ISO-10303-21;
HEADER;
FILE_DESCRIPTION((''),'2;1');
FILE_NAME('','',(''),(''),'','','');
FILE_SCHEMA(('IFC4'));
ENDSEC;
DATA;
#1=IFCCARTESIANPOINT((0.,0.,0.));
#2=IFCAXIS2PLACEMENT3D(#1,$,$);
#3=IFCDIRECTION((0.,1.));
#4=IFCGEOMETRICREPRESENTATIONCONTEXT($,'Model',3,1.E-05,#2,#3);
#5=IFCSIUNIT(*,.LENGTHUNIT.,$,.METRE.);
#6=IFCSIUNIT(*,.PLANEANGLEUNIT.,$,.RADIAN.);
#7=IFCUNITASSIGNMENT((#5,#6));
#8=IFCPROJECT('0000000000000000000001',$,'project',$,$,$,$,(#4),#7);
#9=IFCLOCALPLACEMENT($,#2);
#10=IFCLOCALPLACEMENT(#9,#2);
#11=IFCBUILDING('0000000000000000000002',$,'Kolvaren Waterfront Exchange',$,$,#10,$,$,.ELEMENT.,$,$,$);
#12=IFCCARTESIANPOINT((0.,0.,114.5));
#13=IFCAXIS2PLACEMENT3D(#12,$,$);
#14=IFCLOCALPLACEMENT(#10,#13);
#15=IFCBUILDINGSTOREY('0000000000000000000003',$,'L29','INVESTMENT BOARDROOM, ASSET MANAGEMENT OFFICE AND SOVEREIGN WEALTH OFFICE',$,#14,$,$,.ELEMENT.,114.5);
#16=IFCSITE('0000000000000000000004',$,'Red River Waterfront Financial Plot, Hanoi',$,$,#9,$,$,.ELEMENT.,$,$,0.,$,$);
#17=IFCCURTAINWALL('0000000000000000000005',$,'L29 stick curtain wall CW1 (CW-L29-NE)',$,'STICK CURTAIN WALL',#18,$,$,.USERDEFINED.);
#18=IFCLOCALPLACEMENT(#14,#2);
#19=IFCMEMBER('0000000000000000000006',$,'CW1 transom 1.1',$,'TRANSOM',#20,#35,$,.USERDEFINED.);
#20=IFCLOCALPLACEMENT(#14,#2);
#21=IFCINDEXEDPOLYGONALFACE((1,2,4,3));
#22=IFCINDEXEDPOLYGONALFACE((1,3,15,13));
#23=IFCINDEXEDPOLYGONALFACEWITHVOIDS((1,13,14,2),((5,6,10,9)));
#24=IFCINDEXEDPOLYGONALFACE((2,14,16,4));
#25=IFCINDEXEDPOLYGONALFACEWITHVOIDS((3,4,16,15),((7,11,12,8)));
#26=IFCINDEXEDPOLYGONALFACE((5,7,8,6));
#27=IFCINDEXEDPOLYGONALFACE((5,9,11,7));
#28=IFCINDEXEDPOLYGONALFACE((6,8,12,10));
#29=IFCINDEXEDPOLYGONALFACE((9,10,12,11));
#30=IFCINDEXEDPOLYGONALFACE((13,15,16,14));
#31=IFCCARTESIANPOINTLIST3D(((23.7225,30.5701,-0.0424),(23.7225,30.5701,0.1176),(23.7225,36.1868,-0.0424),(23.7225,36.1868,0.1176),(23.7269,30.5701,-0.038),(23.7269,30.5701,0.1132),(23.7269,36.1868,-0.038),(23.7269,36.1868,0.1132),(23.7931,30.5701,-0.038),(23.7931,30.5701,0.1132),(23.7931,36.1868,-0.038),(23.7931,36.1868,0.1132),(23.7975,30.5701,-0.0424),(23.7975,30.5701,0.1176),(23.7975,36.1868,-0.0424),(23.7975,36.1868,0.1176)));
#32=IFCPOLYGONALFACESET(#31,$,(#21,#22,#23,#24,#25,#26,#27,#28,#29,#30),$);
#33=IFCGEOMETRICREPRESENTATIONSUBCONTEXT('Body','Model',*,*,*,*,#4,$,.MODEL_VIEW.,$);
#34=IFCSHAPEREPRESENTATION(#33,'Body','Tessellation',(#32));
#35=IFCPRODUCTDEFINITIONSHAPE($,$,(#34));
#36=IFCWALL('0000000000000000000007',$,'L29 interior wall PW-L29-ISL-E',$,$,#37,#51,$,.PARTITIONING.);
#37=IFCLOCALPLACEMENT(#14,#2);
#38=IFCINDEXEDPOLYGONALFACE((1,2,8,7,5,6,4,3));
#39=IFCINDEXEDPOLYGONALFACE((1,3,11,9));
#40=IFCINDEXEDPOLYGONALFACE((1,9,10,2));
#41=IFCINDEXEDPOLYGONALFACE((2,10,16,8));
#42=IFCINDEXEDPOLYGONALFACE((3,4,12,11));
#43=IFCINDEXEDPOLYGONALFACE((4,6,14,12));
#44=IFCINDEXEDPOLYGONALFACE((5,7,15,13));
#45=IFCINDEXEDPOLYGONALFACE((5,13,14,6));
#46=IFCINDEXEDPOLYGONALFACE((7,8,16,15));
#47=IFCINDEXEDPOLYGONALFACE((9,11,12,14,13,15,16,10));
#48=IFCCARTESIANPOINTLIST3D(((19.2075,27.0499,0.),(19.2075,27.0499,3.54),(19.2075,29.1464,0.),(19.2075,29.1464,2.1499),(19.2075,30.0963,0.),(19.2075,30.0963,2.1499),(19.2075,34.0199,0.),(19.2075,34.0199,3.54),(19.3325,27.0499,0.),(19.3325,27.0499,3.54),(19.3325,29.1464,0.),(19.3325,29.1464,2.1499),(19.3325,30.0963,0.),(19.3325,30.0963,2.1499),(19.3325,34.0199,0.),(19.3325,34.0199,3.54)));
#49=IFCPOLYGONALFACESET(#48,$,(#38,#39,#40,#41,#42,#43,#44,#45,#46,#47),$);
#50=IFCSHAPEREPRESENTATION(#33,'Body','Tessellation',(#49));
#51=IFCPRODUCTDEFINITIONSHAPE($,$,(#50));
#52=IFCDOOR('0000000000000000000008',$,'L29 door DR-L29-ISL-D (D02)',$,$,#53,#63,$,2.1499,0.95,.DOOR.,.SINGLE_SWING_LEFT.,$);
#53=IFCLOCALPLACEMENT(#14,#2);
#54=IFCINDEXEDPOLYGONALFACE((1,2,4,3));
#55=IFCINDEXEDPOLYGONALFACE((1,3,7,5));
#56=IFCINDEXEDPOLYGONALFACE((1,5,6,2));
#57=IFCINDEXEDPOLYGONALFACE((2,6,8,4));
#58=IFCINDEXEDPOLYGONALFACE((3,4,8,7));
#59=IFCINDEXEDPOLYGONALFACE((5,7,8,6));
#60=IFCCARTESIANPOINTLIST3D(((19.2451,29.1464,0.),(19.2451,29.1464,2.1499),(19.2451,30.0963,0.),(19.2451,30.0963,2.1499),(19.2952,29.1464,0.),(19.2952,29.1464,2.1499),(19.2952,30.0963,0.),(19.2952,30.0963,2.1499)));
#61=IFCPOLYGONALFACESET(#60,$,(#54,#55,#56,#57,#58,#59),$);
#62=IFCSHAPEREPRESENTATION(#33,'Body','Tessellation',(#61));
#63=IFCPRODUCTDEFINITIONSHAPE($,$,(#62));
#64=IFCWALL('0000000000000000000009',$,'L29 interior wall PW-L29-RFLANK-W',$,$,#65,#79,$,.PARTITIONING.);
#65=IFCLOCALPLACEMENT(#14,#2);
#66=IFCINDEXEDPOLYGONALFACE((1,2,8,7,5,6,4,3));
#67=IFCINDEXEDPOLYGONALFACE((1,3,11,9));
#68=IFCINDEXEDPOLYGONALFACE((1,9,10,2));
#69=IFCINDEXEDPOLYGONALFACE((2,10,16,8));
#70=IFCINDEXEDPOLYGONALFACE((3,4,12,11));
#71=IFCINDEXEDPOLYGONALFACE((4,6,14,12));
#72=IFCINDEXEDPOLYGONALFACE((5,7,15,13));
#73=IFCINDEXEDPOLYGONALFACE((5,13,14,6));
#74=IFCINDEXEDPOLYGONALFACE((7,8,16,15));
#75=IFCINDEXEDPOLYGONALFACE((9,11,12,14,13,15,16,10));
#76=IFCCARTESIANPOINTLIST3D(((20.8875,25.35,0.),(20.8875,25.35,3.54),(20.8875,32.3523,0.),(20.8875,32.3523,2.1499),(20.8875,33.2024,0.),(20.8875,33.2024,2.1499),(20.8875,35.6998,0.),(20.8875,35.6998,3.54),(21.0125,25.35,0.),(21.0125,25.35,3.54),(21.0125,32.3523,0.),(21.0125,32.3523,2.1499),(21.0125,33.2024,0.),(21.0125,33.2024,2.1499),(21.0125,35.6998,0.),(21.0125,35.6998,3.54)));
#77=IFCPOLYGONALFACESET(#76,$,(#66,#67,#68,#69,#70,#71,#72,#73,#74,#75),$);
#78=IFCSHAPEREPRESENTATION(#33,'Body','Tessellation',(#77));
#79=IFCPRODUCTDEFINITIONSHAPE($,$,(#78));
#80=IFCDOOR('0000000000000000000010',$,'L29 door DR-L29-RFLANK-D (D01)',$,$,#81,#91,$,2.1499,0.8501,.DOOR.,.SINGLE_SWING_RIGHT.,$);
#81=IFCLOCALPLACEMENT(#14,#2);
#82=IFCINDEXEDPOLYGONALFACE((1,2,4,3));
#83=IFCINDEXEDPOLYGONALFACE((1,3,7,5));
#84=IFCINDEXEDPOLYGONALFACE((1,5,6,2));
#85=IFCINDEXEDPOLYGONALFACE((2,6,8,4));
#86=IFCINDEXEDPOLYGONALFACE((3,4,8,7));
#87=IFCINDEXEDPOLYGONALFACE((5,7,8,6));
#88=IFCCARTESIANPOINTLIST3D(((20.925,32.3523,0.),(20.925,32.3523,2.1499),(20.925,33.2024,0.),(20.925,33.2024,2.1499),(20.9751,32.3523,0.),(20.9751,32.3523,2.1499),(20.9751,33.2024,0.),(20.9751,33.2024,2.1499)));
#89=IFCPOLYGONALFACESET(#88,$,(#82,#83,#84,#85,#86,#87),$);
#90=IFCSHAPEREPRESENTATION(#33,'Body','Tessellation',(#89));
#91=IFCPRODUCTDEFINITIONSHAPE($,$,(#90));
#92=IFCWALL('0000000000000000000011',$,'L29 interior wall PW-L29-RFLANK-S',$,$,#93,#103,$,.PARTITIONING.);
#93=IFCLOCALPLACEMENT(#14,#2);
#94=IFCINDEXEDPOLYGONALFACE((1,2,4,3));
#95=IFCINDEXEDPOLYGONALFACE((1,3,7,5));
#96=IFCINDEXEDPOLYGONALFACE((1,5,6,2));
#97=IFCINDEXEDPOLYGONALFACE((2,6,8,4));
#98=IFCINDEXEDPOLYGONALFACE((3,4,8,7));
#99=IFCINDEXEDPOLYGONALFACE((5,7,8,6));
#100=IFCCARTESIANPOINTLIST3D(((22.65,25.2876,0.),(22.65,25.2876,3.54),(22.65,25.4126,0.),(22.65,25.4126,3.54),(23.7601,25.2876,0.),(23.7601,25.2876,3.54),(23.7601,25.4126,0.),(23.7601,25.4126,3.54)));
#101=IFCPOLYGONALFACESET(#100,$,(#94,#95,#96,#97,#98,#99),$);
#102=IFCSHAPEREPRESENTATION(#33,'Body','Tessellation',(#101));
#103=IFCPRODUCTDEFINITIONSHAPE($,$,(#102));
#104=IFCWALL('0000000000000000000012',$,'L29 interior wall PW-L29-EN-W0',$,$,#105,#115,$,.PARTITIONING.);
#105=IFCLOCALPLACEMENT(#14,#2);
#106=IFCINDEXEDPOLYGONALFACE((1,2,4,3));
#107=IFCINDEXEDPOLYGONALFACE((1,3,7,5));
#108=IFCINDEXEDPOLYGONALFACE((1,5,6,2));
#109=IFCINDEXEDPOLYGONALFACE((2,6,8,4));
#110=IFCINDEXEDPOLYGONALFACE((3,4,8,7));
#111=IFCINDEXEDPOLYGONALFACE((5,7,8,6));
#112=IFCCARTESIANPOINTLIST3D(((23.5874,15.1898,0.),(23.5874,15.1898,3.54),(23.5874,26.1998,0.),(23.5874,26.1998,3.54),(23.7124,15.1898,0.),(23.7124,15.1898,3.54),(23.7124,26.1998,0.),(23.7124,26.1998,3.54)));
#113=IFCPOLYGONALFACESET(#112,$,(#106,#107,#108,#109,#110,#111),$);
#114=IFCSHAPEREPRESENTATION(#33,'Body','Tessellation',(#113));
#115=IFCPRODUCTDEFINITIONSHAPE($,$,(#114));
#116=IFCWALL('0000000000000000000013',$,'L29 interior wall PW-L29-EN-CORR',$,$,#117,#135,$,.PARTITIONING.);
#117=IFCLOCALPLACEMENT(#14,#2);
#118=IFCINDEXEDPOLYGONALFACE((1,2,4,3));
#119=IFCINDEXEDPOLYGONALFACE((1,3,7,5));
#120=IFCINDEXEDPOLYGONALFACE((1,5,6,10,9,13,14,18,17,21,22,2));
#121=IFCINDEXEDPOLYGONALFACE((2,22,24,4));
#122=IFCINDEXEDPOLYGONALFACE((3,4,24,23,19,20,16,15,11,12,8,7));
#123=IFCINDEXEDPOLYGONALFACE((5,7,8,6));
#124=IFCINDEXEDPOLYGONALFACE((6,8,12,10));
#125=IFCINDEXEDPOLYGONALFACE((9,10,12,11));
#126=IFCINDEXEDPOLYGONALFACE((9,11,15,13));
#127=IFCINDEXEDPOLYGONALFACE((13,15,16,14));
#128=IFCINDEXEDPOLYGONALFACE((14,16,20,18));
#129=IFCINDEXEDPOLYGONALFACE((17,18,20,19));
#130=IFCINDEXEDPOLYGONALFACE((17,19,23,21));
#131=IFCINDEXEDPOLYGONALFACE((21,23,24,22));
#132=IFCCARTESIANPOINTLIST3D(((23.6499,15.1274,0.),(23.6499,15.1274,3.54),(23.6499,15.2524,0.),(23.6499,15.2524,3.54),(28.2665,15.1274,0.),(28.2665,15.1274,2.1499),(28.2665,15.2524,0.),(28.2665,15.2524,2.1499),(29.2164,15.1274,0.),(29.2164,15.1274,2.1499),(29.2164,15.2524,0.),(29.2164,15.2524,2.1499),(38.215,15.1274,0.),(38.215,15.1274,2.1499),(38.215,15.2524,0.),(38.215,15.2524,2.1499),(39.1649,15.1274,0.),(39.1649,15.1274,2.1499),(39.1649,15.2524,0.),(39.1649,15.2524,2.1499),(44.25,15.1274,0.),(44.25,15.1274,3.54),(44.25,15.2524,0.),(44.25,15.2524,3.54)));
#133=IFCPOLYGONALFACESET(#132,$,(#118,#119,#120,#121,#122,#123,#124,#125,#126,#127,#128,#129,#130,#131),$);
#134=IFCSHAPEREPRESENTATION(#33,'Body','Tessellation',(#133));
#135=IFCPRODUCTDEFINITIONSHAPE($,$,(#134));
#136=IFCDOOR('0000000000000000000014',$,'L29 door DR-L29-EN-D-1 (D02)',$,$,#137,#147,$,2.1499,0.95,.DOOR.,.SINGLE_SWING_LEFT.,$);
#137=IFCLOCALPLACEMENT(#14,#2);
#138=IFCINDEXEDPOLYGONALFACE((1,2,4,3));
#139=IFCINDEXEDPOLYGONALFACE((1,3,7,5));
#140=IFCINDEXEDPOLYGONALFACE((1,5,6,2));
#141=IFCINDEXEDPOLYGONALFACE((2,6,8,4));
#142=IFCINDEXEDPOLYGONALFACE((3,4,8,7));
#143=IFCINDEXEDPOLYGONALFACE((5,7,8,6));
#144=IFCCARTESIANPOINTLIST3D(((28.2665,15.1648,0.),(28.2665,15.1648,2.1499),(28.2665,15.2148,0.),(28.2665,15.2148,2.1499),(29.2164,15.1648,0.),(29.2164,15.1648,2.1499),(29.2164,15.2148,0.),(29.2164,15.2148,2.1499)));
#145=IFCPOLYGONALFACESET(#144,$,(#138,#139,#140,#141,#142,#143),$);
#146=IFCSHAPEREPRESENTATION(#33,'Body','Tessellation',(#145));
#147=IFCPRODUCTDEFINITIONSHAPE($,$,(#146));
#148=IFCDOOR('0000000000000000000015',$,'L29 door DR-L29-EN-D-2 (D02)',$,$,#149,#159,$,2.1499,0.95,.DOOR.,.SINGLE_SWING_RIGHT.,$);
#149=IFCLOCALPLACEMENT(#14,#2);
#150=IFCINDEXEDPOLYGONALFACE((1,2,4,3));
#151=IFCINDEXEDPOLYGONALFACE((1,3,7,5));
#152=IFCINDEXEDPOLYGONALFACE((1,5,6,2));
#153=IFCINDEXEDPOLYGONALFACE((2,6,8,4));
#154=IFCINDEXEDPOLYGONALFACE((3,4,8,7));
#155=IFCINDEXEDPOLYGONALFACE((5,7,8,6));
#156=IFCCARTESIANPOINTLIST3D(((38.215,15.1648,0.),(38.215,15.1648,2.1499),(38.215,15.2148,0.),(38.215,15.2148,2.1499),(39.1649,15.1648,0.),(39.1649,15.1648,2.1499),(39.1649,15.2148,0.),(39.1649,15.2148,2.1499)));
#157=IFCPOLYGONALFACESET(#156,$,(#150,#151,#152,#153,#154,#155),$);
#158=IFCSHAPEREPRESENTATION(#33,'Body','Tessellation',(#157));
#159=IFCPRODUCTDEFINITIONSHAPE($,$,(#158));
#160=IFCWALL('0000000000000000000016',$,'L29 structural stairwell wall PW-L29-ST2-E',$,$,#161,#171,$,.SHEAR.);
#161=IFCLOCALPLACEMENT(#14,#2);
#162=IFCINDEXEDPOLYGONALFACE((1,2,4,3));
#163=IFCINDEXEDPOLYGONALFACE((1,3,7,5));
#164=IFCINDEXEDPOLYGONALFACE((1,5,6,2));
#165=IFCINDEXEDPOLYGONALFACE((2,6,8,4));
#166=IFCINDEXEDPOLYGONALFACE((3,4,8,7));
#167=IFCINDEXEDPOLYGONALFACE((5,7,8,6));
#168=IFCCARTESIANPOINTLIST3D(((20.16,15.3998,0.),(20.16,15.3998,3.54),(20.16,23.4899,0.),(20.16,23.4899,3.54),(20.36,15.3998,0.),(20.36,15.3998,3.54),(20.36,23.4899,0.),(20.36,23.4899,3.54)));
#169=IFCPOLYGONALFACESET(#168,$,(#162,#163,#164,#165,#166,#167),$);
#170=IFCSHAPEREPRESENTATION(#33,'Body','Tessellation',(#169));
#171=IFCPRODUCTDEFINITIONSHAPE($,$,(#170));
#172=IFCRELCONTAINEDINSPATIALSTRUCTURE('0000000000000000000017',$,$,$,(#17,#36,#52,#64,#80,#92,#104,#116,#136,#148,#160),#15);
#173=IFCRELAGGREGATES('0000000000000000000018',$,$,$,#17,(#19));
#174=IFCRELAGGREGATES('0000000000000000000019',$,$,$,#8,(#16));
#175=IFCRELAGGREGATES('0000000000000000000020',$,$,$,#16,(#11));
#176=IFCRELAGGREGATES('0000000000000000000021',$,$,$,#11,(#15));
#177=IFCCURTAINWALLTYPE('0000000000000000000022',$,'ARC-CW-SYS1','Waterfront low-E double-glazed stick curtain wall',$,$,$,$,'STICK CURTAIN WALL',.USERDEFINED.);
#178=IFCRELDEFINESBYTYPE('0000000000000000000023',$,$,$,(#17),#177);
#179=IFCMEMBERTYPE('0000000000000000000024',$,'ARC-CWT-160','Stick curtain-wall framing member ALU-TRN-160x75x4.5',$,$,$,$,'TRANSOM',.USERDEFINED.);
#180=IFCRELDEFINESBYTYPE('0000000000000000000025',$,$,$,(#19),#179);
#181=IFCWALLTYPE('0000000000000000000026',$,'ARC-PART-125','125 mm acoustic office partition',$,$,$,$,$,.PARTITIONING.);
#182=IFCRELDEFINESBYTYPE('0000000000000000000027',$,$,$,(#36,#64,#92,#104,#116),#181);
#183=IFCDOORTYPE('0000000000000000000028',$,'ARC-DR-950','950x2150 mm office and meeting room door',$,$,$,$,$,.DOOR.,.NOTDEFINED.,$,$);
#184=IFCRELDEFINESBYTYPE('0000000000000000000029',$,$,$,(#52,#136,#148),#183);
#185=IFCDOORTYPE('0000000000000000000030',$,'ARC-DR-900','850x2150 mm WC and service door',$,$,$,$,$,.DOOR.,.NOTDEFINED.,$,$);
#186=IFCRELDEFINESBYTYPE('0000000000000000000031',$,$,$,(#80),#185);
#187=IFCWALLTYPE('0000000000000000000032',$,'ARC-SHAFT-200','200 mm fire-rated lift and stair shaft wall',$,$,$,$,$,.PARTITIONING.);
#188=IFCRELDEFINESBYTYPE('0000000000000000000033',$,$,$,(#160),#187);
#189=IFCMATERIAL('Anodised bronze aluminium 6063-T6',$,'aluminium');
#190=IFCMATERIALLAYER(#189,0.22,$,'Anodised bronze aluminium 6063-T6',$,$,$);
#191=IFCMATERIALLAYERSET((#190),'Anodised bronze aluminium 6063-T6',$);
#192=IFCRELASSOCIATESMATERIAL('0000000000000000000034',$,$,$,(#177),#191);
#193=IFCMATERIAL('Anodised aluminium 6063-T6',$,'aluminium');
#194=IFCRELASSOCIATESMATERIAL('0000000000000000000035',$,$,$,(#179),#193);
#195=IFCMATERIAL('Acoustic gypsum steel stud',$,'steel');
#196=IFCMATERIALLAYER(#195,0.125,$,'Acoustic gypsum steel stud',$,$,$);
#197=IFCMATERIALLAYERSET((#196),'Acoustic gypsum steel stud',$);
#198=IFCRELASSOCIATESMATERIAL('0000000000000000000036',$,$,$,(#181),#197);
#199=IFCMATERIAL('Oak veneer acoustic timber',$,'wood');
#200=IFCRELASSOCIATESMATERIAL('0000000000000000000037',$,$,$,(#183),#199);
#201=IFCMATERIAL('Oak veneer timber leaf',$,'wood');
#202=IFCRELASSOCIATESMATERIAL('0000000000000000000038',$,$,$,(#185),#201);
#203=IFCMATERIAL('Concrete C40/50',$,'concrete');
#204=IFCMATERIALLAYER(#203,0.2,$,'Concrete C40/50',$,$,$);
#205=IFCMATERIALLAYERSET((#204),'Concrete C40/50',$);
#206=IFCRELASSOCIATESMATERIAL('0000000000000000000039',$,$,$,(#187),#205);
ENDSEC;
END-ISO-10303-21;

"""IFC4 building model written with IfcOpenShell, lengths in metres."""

from ifc_helpers import new_model, si_unit, direction, frame, frame_2d, origin, origin_with_axes, origin_2d, place, context, subcontext, project, spatial, rectangle, hollow_rectangle, extrude, source, transform, mapped, material, layer, layer_set, material_profile, profile_set, type_object, element, fill, aggregate, save


model = new_model("IFC4")

# Units and contexts
model_context = context("Model", 3, precision=1e-05, world=origin(), true_north=direction((0.0, 1.0)))
body_context = subcontext(model_context, "Body", "Model", "MODEL_VIEW")
ifc_project = project(units=[si_unit("LENGTHUNIT", "METRE"), si_unit("PLANEANGLEUNIT", "RADIAN")], contexts=[model_context])

# Site, building, storey
site_placement = place(None, origin())
site = spatial("IfcSite", under=ifc_project, at=site_placement, Name="Red River Waterfront Financial Plot, Hanoi", CompositionType="ELEMENT", RefElevation=0.0)
building_placement = place(site_placement, origin())
building = spatial("IfcBuilding", under=site, at=building_placement, Name="Kolvaren Waterfront Exchange", CompositionType="ELEMENT")
storey_placement = place(building_placement, frame((0.0, 0.0, 114.5)))
storey = spatial("IfcBuildingStorey", under=building, at=storey_placement, Name="L29", Description="INVESTMENT BOARDROOM, ASSET MANAGEMENT OFFICE AND SOVEREIGN WEALTH OFFICE", CompositionType="ELEMENT", Elevation=114.5)

# Curtain wall, member
ifc_material_1 = material(Name="Anodised bronze aluminium 6063-T6", Category="aluminium")
ifc_layer_1 = layer(ifc_material_1, 0.22, Name="Anodised bronze aluminium 6063-T6")
ifc_layer_set_1 = layer_set([ifc_layer_1], Name="Anodised bronze aluminium 6063-T6")
curtain_wall_type = type_object("IfcCurtainWallType", Name="ARC-CW-SYS1", Description="Waterfront low-E double-glazed stick curtain wall", ElementType="STICK CURTAIN WALL", PredefinedType="USERDEFINED", material=ifc_layer_set_1)
curtain_wall_placement = place(storey_placement, origin())
curtain_wall = element("IfcCurtainWall", 1, at=curtain_wall_placement, inside=storey, type_object=curtain_wall_type, Name="L29 stick curtain wall CW1 (CW-L29-NE)", ObjectType="STICK CURTAIN WALL", PredefinedType="USERDEFINED")
ifc_material_2 = material(Name="Anodised aluminium 6063-T6", Category="aluminium")
ifc_material_profile_1 = material_profile(ifc_material_2, hollow_rectangle(XDim=0.075, YDim=0.1599, WallThickness=0.0044, at=origin_2d()), Name="ALU-TRN-160x75x4.5")
ifc_profile_set_1 = profile_set([ifc_material_profile_1], Name="Anodised aluminium 6063-T6")
member_type_1 = type_object("IfcMemberType", Name="ARC-CWT-160", Description="Stick curtain-wall framing member ALU-TRN-160x75x4.5", ElementType="TRANSOM", PredefinedType="USERDEFINED", material=ifc_profile_set_1)
shared_shape_1 = source(origin_with_axes(), body_context, "Body", "SweptSolid", [
    extrude(hollow_rectangle(XDim=0.075, YDim=0.1599, WallThickness=0.0044, at=origin_2d()), origin(), (0.0, 0.0, 1.0), 5.6167),
])
member_1_placement = place(storey_placement, frame((23.76, 30.5701, 0.0376), z_axis=(0.0, 1.0, 0.0), x_axis=(-1.0, 0.0, 0.0)))
member_1 = element("IfcMember", 2, at=member_1_placement, type_object=member_type_1, Name="CW1 transom 1.1", ObjectType="TRANSOM", PredefinedType="USERDEFINED", context=body_context, shape_type="MappedRepresentation", body=[
    mapped(shared_shape_1, transform((0.0, 0.0, 0.0), x_axis=(1.0, 0.0, 0.0), y_axis=(0.0, 1.0, 0.0), z_axis=(0.0, 0.0, 1.0), scale=1.0)),
])
aggregate(curtain_wall, [member_1])

# Walls, openings, doors
ifc_material_3 = material(Name="Acoustic gypsum steel stud", Category="steel")
ifc_layer_2 = layer(ifc_material_3, 0.125, Name="Acoustic gypsum steel stud")
ifc_layer_set_2 = layer_set([ifc_layer_2], Name="Acoustic gypsum steel stud")
wall_type_1 = type_object("IfcWallType", Name="ARC-PART-125", Description="125 mm acoustic office partition", PredefinedType="PARTITIONING", material=ifc_layer_set_2)
wall_1_placement = place(storey_placement, frame((19.27, 27.05, 0.0), z_axis=(0.0, 0.0, 1.0), x_axis=(0.0, 1.0, 0.0)))
wall_1 = element("IfcWall", 3, at=wall_1_placement, inside=storey, type_object=wall_type_1, Name="L29 interior wall PW-L29-ISL-E", PredefinedType="PARTITIONING", context=body_context, shape_type="SweptSolid", body=[
    extrude(rectangle(XDim=6.97, YDim=0.125, at=frame_2d((3.4849, 0.0))), origin(), (0.0, 0.0, 1.0), 3.54),
])
opening_1_placement = place(wall_1_placement, frame((2.0962, 0.0, 0.0)))
opening_1 = element("IfcOpeningElement", 4, at=opening_1_placement, cuts=wall_1, PredefinedType="OPENING", context=body_context, shape_type="SweptSolid", body=[
    extrude(rectangle(XDim=0.95, YDim=2.1499, at=frame_2d((0.4751, 1.075))), frame((0.0, 0.0725, 0.0), z_axis=(0.0, -1.0, 0.0), x_axis=(1.0, 0.0, 0.0)), (0.0, 0.0, 1.0), 0.145),
])
ifc_material_4 = material(Name="Oak veneer acoustic timber", Category="wood")
door_type_1 = type_object("IfcDoorType", Name="ARC-DR-950", Description="950x2150 mm office and meeting room door", OperationType="NOTDEFINED", PredefinedType="DOOR", material=ifc_material_4)
door_1_placement = place(opening_1_placement, origin())
door_1 = element("IfcDoor", 5, at=door_1_placement, inside=storey, type_object=door_type_1, Name="L29 door DR-L29-ISL-D (D02)", OperationType="SINGLE_SWING_LEFT", OverallHeight=2.1499, OverallWidth=0.95, PredefinedType="DOOR", context=body_context, shape_type="SweptSolid", body=[
    extrude(rectangle(XDim=0.95, YDim=2.1499, at=frame_2d((0.4751, 1.075))), frame((0.0, 0.0249, 0.0), z_axis=(0.0, -1.0, 0.0), x_axis=(1.0, 0.0, 0.0)), (0.0, 0.0, 1.0), 0.05),
])
fill(opening_1, door_1)
wall_2_placement = place(storey_placement, frame((20.95, 25.3501, 0.0), z_axis=(0.0, 0.0, 1.0), x_axis=(0.0, 1.0, 0.0)))
wall_2 = element("IfcWall", 6, at=wall_2_placement, inside=storey, type_object=wall_type_1, Name="L29 interior wall PW-L29-RFLANK-W", PredefinedType="PARTITIONING", context=body_context, shape_type="SweptSolid", body=[
    extrude(rectangle(XDim=10.3499, YDim=0.125, at=frame_2d((5.1748, 0.0))), origin(), (0.0, 0.0, 1.0), 3.54),
])
opening_2_placement = place(wall_2_placement, frame((7.0022, 0.0, 0.0)))
opening_2 = element("IfcOpeningElement", 7, at=opening_2_placement, cuts=wall_2, PredefinedType="OPENING", context=body_context, shape_type="SweptSolid", body=[
    extrude(rectangle(XDim=0.8501, YDim=2.1499, at=frame_2d((0.425, 1.075))), frame((0.0, 0.0725, 0.0), z_axis=(0.0, -1.0, 0.0), x_axis=(1.0, 0.0, 0.0)), (0.0, 0.0, 1.0), 0.145),
])
ifc_material_5 = material(Name="Oak veneer timber leaf", Category="wood")
door_type_2 = type_object("IfcDoorType", Name="ARC-DR-900", Description="850x2150 mm WC and service door", OperationType="NOTDEFINED", PredefinedType="DOOR", material=ifc_material_5)
door_2_placement = place(opening_2_placement, origin())
door_2 = element("IfcDoor", 8, at=door_2_placement, inside=storey, type_object=door_type_2, Name="L29 door DR-L29-RFLANK-D (D01)", OperationType="SINGLE_SWING_RIGHT", OverallHeight=2.1499, OverallWidth=0.8501, PredefinedType="DOOR", context=body_context, shape_type="SweptSolid", body=[
    extrude(rectangle(XDim=0.8501, YDim=2.1499, at=frame_2d((0.425, 1.075))), frame((0.0, 0.0249, 0.0), z_axis=(0.0, -1.0, 0.0), x_axis=(1.0, 0.0, 0.0)), (0.0, 0.0, 1.0), 0.05),
])
fill(opening_2, door_2)

# Walls
wall_3_placement = place(storey_placement, frame((22.6499, 25.3501, 0.0), z_axis=(0.0, 0.0, 1.0), x_axis=(1.0, 0.0, 0.0)))
element("IfcWall", 9, at=wall_3_placement, inside=storey, type_object=wall_type_1, Name="L29 interior wall PW-L29-RFLANK-S", PredefinedType="PARTITIONING", context=body_context, shape_type="SweptSolid", body=[
    extrude(rectangle(XDim=1.1101, YDim=0.125, at=frame_2d((0.5552, 0.0))), origin(), (0.0, 0.0, 1.0), 3.54),
])
wall_4_placement = place(storey_placement, frame((23.6499, 15.1899, 0.0), z_axis=(0.0, 0.0, 1.0), x_axis=(0.0, 1.0, 0.0)))
element("IfcWall", 10, at=wall_4_placement, inside=storey, type_object=wall_type_1, Name="L29 interior wall PW-L29-EN-W0", PredefinedType="PARTITIONING", context=body_context, shape_type="SweptSolid", body=[
    extrude(rectangle(XDim=11.01, YDim=0.125, at=frame_2d((5.5049, 0.0))), origin(), (0.0, 0.0, 1.0), 3.54),
])

# Wall, openings, doors
wall_5_placement = place(storey_placement, frame((23.6499, 15.1899, 0.0), z_axis=(0.0, 0.0, 1.0), x_axis=(1.0, 0.0, 0.0)))
wall_5 = element("IfcWall", 11, at=wall_5_placement, inside=storey, type_object=wall_type_1, Name="L29 interior wall PW-L29-EN-CORR", PredefinedType="PARTITIONING", context=body_context, shape_type="SweptSolid", body=[
    extrude(rectangle(XDim=20.6001, YDim=0.125, at=frame_2d((10.3, 0.0))), origin(), (0.0, 0.0, 1.0), 3.54),
])
opening_3_placement = place(wall_5_placement, frame((4.6165, 0.0, 0.0)))
opening_3 = element("IfcOpeningElement", 12, at=opening_3_placement, cuts=wall_5, PredefinedType="OPENING", context=body_context, shape_type="SweptSolid", body=[
    extrude(rectangle(XDim=0.95, YDim=2.1499, at=frame_2d((0.4751, 1.075))), frame((0.0, 0.0725, 0.0), z_axis=(0.0, -1.0, 0.0), x_axis=(1.0, 0.0, 0.0)), (0.0, 0.0, 1.0), 0.145),
])
opening_4_placement = place(wall_5_placement, frame((14.5649, 0.0, 0.0)))
opening_4 = element("IfcOpeningElement", 13, at=opening_4_placement, cuts=wall_5, PredefinedType="OPENING", context=body_context, shape_type="SweptSolid", body=[
    extrude(rectangle(XDim=0.95, YDim=2.1499, at=frame_2d((0.4751, 1.075))), frame((0.0, 0.0725, 0.0), z_axis=(0.0, -1.0, 0.0), x_axis=(1.0, 0.0, 0.0)), (0.0, 0.0, 1.0), 0.145),
])
door_3_placement = place(opening_3_placement, origin())
door_3 = element("IfcDoor", 14, at=door_3_placement, inside=storey, type_object=door_type_1, Name="L29 door DR-L29-EN-D-1 (D02)", OperationType="SINGLE_SWING_LEFT", OverallHeight=2.1499, OverallWidth=0.95, PredefinedType="DOOR", context=body_context, shape_type="SweptSolid", body=[
    extrude(rectangle(XDim=0.95, YDim=2.1499, at=frame_2d((0.4751, 1.075))), frame((0.0, 0.0249, 0.0), z_axis=(0.0, -1.0, 0.0), x_axis=(1.0, 0.0, 0.0)), (0.0, 0.0, 1.0), 0.05),
])
fill(opening_3, door_3)
door_4_placement = place(opening_4_placement, origin())
door_4 = element("IfcDoor", 15, at=door_4_placement, inside=storey, type_object=door_type_1, Name="L29 door DR-L29-EN-D-2 (D02)", OperationType="SINGLE_SWING_RIGHT", OverallHeight=2.1499, OverallWidth=0.95, PredefinedType="DOOR", context=body_context, shape_type="SweptSolid", body=[
    extrude(rectangle(XDim=0.95, YDim=2.1499, at=frame_2d((0.4751, 1.075))), frame((0.0, 0.0249, 0.0), z_axis=(0.0, -1.0, 0.0), x_axis=(1.0, 0.0, 0.0)), (0.0, 0.0, 1.0), 0.05),
])
fill(opening_4, door_4)

# Wall
ifc_material_6 = material(Name="Concrete C40/50", Category="concrete")
ifc_layer_3 = layer(ifc_material_6, 0.2, Name="Concrete C40/50")
ifc_layer_set_3 = layer_set([ifc_layer_3], Name="Concrete C40/50")
wall_type_2 = type_object("IfcWallType", Name="ARC-SHAFT-200", Description="200 mm fire-rated lift and stair shaft wall", PredefinedType="PARTITIONING", material=ifc_layer_set_3)
wall_6_placement = place(storey_placement, frame((20.26, 15.3999, 0.0), z_axis=(0.0, 0.0, 1.0), x_axis=(0.0, 1.0, 0.0)))
element("IfcWall", 16, at=wall_6_placement, inside=storey, type_object=wall_type_2, Name="L29 structural stairwell wall PW-L29-ST2-E", PredefinedType="SHEAR", context=body_context, shape_type="SweptSolid", body=[
    extrude(rectangle(XDim=8.0901, YDim=0.2, at=frame_2d((4.0449, 0.0))), origin(), (0.0, 0.0, 1.0), 3.54),
])

save(model, "model.ifc")
